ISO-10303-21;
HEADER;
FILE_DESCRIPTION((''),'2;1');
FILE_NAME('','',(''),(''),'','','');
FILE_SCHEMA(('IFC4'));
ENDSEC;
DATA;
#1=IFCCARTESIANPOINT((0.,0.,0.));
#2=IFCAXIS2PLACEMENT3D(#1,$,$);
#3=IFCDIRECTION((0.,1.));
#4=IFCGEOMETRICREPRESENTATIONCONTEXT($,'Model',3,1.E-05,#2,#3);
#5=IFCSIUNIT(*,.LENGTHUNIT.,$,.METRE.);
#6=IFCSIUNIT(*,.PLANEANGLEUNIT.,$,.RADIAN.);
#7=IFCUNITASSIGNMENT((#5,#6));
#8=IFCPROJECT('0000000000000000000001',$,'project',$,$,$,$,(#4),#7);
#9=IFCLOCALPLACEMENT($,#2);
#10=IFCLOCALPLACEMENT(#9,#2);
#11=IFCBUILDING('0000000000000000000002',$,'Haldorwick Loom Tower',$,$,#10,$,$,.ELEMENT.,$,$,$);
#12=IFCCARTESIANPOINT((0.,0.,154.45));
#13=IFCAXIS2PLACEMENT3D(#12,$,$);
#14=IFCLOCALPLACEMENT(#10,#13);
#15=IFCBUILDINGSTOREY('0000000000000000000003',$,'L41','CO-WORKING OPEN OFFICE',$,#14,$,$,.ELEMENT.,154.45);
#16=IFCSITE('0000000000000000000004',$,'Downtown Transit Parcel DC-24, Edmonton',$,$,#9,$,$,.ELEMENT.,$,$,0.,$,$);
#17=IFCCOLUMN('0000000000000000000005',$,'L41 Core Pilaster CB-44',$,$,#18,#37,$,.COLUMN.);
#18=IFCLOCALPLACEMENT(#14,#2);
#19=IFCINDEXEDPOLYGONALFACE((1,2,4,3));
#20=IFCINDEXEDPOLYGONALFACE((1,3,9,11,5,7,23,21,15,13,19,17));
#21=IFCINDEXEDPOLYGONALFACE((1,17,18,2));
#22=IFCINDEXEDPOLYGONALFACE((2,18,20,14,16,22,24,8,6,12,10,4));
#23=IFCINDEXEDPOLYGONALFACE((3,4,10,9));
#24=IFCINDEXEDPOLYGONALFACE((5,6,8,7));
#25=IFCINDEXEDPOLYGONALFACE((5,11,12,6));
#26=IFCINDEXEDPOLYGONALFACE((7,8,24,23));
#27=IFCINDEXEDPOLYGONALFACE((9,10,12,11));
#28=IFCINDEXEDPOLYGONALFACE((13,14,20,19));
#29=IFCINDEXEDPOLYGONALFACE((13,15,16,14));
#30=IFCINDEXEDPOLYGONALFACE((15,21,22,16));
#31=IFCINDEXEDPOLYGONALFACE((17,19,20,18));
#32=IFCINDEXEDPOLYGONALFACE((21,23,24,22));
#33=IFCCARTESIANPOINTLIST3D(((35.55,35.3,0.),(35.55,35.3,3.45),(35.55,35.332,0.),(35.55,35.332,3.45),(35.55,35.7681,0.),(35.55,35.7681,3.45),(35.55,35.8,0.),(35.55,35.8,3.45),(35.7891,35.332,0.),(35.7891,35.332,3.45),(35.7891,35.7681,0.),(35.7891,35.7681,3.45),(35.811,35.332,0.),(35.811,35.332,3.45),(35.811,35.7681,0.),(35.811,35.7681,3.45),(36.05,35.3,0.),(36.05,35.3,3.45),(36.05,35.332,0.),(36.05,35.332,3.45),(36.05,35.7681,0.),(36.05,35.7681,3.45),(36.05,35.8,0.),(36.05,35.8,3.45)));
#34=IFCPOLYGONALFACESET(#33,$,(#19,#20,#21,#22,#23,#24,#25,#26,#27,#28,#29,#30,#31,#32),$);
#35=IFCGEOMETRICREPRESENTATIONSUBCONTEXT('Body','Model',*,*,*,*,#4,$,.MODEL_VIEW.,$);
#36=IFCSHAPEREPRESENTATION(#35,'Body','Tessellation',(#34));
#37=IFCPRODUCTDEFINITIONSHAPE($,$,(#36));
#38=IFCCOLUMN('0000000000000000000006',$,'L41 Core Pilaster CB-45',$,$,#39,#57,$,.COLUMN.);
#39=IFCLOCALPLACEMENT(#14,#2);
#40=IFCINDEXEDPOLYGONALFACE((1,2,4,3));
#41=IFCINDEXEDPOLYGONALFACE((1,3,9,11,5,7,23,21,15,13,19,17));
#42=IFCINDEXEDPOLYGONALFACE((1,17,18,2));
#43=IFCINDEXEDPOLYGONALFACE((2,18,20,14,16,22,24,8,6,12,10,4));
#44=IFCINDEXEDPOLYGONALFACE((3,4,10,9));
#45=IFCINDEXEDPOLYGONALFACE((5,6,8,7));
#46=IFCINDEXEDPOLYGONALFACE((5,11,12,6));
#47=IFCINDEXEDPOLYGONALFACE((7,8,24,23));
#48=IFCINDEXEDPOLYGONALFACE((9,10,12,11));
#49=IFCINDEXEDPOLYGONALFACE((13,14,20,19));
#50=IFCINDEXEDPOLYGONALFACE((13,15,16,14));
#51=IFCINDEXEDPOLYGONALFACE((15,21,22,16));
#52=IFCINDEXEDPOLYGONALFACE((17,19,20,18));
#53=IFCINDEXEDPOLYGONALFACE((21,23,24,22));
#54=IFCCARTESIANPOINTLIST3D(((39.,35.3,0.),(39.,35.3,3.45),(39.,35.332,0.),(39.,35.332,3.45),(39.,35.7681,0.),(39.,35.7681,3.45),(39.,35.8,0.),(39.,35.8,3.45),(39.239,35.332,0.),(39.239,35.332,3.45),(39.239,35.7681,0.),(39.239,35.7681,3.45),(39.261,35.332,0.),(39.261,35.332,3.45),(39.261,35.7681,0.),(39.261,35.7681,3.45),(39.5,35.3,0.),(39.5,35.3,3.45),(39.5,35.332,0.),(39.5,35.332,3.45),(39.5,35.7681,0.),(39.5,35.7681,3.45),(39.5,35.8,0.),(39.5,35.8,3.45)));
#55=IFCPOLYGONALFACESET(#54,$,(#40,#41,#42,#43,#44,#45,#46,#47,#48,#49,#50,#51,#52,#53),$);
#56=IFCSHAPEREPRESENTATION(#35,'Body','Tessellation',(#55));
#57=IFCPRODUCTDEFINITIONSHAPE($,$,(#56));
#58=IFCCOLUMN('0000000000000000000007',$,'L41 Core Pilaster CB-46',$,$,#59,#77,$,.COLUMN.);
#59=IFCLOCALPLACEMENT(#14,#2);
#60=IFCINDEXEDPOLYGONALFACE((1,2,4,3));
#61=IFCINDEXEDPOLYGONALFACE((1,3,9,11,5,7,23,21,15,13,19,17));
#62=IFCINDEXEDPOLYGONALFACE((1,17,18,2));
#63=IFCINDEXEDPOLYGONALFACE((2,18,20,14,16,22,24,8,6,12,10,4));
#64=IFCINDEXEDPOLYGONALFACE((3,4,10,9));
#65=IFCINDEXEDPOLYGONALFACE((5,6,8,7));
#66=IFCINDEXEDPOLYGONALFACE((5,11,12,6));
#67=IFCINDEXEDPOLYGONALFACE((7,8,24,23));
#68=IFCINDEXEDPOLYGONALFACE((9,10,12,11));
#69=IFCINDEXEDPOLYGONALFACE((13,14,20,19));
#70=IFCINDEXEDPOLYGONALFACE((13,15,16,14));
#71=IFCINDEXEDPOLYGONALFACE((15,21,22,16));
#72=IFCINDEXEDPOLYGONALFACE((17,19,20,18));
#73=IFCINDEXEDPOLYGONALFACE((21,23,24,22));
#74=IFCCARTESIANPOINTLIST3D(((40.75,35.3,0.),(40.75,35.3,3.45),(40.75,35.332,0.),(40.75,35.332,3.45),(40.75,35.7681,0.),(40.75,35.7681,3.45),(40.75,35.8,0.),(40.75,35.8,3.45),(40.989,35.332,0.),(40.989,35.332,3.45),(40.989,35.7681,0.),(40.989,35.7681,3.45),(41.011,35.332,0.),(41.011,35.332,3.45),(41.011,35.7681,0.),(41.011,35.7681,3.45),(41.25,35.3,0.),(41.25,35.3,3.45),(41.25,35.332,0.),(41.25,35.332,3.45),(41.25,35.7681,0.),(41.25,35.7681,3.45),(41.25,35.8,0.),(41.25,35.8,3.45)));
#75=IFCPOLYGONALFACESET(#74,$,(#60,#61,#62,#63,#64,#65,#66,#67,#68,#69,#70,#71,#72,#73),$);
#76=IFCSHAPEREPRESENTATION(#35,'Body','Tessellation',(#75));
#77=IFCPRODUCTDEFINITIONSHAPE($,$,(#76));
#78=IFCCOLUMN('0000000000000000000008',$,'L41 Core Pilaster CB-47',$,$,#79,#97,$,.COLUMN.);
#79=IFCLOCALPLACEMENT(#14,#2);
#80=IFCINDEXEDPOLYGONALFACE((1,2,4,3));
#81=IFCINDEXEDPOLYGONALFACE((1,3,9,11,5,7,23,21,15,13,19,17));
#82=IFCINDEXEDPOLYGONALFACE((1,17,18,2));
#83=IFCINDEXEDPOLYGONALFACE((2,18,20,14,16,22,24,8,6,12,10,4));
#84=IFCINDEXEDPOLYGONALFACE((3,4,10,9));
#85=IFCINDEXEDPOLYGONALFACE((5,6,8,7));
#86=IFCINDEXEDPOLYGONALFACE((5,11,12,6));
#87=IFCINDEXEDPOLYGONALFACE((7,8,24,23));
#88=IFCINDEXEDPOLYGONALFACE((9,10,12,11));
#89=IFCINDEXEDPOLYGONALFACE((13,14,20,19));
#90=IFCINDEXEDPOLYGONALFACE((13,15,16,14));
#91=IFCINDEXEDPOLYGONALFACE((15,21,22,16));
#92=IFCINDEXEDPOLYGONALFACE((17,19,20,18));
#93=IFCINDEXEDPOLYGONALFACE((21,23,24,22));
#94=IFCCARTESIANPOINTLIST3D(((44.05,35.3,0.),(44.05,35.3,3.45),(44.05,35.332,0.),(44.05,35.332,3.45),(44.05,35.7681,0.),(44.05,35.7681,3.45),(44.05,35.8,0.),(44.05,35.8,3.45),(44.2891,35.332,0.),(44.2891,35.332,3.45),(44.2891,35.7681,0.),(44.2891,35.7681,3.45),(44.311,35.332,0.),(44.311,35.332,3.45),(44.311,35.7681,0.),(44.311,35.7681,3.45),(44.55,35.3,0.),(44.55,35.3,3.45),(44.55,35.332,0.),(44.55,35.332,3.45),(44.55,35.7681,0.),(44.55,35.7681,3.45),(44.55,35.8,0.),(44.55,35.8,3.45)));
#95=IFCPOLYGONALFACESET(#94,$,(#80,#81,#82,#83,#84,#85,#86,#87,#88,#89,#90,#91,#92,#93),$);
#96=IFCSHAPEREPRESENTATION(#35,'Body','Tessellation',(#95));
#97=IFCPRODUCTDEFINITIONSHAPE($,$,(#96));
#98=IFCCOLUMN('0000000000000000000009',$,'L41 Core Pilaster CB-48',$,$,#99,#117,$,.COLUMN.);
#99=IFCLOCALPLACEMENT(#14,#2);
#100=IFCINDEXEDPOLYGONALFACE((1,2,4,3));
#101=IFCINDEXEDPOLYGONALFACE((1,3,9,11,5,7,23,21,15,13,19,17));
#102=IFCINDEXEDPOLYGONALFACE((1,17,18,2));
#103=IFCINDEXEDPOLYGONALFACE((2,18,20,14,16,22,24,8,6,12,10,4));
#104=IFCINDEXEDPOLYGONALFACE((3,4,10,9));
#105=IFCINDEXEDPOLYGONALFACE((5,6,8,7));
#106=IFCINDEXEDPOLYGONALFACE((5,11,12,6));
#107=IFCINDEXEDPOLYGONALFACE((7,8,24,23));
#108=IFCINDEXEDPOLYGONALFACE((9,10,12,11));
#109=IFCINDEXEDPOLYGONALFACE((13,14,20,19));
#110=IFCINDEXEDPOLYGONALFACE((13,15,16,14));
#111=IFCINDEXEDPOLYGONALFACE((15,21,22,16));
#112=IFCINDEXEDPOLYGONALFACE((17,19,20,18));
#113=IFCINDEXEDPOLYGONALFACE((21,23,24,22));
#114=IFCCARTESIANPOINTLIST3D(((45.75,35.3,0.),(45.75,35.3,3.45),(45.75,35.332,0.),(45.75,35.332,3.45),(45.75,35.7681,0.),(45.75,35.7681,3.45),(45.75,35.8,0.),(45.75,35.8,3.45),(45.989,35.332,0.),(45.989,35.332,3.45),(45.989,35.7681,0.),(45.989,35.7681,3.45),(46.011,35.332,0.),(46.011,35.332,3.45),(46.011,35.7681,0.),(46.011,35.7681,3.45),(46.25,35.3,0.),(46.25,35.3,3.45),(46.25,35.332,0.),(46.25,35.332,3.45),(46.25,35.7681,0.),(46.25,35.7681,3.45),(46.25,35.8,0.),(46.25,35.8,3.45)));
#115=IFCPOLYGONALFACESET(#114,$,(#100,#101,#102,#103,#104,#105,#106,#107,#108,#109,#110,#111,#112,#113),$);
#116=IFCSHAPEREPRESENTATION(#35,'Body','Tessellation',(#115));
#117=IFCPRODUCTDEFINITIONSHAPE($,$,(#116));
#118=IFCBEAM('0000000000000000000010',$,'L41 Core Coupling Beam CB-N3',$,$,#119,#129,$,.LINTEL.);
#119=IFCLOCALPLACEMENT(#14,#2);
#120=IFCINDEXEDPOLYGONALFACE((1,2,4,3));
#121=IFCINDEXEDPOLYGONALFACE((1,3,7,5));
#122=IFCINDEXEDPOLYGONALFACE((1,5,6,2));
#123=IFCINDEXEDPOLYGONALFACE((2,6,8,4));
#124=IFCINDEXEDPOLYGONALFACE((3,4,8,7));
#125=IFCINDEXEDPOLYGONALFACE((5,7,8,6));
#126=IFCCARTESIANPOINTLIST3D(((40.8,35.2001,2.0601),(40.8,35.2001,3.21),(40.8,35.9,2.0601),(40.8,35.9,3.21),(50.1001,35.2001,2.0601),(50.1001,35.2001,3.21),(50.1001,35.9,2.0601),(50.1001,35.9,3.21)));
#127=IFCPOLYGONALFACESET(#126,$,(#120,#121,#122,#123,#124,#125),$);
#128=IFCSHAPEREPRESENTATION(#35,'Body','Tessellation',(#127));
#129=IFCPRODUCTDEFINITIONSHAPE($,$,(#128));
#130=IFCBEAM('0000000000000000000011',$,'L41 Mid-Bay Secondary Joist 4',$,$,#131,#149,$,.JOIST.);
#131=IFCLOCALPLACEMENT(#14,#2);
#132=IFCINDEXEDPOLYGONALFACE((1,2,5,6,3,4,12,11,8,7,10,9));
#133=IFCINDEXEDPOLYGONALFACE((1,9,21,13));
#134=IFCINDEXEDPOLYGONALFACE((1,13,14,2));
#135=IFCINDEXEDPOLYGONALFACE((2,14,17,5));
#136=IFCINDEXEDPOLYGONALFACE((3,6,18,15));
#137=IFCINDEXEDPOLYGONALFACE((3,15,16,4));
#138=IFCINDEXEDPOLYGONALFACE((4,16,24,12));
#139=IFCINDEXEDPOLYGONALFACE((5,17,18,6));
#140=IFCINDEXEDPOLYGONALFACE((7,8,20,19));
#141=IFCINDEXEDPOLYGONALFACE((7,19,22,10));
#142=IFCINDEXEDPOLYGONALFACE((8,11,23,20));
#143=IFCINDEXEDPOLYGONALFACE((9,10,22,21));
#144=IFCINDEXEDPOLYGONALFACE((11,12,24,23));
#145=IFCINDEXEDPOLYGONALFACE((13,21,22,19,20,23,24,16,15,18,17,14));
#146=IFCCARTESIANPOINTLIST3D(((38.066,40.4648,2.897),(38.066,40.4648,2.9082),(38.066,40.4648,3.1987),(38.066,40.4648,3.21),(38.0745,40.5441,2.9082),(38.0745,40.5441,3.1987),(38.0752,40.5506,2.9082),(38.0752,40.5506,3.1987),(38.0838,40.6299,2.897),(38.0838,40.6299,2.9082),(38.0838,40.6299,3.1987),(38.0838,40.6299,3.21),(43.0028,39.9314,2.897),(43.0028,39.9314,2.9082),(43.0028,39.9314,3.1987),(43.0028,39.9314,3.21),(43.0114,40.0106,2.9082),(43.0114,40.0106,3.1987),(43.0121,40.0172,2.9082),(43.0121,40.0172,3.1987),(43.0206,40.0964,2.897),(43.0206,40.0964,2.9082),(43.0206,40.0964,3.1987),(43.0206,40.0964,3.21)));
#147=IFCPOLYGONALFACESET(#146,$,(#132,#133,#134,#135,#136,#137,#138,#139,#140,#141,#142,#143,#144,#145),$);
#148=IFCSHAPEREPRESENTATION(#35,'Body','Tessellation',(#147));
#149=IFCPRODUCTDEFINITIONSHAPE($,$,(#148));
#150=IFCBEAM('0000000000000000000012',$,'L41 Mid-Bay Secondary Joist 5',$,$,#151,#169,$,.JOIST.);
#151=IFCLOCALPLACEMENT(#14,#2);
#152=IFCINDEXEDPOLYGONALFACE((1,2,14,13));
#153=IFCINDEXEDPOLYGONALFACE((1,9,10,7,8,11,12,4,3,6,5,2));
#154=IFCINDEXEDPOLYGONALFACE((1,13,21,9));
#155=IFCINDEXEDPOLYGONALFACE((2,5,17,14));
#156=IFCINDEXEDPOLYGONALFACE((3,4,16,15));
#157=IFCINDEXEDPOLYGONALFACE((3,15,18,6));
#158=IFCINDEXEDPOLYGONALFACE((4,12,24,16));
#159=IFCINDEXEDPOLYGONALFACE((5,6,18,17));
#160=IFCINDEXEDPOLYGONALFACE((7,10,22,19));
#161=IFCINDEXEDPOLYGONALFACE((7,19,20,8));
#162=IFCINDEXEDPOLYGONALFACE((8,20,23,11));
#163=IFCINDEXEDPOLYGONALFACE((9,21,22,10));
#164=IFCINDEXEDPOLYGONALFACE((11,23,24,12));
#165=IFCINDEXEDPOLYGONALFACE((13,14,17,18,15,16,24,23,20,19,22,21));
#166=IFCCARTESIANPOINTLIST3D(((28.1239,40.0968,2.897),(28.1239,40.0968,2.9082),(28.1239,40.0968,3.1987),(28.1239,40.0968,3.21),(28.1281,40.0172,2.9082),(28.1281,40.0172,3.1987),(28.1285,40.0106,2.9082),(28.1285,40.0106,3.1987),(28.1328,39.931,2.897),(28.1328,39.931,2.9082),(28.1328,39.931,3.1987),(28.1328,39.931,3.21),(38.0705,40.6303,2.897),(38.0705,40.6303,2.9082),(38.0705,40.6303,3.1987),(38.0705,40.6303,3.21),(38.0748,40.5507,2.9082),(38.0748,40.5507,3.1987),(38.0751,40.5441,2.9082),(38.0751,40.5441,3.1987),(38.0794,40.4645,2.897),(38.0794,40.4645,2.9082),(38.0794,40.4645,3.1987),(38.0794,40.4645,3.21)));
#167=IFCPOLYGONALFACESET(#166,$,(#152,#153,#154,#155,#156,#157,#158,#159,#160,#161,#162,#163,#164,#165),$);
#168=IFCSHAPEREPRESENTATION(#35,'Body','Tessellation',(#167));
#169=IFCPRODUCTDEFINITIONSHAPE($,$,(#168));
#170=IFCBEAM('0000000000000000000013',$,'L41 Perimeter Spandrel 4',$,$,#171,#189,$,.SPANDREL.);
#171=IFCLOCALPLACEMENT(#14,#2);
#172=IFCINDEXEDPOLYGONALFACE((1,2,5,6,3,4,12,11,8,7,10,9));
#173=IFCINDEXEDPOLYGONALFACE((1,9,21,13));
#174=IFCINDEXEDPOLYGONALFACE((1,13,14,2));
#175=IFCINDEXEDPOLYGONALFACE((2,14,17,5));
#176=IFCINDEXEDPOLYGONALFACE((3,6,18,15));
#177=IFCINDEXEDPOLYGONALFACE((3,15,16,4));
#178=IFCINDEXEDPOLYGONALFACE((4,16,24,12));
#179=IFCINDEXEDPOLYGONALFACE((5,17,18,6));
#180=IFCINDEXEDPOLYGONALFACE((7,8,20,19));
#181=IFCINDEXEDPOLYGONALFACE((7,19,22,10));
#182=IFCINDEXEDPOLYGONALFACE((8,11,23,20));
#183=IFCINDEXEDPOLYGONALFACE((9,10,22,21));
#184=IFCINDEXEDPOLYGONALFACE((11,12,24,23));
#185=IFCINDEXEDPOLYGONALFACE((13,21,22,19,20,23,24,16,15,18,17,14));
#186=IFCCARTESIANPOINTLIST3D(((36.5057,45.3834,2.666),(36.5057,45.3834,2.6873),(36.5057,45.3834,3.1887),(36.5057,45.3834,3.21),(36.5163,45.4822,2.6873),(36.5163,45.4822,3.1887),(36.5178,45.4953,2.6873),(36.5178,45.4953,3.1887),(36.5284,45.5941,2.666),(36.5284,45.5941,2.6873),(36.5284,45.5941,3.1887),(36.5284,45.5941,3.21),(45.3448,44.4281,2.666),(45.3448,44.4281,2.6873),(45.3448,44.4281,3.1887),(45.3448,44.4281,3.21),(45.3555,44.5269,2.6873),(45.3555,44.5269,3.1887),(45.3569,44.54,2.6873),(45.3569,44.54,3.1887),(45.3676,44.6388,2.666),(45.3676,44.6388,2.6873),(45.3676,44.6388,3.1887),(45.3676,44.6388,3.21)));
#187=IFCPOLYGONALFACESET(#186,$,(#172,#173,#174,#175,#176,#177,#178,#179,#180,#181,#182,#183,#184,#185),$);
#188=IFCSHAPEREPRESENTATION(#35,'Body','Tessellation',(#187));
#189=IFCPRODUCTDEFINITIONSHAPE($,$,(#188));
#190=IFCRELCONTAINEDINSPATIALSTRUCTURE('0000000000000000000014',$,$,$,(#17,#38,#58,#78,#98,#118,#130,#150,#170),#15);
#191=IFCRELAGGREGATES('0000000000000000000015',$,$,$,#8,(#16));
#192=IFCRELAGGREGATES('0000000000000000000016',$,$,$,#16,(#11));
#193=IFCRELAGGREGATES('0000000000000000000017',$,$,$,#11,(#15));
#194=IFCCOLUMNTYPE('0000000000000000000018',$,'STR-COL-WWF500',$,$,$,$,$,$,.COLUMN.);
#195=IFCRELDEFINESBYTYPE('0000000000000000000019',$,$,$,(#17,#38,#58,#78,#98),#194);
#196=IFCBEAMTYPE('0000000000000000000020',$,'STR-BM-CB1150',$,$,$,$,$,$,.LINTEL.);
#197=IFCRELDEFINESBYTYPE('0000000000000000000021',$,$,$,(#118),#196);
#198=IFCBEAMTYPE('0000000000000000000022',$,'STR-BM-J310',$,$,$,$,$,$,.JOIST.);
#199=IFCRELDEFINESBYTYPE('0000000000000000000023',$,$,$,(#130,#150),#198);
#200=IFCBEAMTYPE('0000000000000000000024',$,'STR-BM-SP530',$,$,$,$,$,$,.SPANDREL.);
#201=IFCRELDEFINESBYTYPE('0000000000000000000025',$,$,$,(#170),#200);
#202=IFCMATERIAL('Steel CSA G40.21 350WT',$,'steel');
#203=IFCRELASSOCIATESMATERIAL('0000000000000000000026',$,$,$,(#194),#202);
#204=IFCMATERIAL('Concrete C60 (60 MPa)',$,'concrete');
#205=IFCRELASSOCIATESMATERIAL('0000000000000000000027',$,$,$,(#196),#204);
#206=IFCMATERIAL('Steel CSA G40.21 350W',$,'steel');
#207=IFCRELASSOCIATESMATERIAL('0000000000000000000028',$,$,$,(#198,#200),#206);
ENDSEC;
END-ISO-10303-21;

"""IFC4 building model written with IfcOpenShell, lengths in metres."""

from ifc_helpers import new_model, si_unit, direction, frame, origin, origin_2d, place, context, subcontext, project, spatial, rectangle, i_section, extrude, material, material_profile, profile_set, type_object, element, save


model = new_model("IFC4")

# Units and contexts
model_context = context("Model", 3, precision=1e-05, world=origin(), true_north=direction((0.0, 1.0)))
body_context = subcontext(model_context, "Body", "Model", "MODEL_VIEW")
ifc_project = project(units=[si_unit("LENGTHUNIT", "METRE"), si_unit("PLANEANGLEUNIT", "RADIAN")], contexts=[model_context])

# Site, building, storey
site_placement = place(None, origin())
site = spatial("IfcSite", under=ifc_project, at=site_placement, Name="Downtown Transit Parcel DC-24, Edmonton", CompositionType="ELEMENT", RefElevation=0.0)
building_placement = place(site_placement, origin())
building = spatial("IfcBuilding", under=site, at=building_placement, Name="Haldorwick Loom Tower", CompositionType="ELEMENT")
storey_placement = place(building_placement, frame((0.0, 0.0, 154.45)))
storey = spatial("IfcBuildingStorey", under=building, at=storey_placement, Name="L41", Description="CO-WORKING OPEN OFFICE", CompositionType="ELEMENT", Elevation=154.45)

# Columns
ifc_material_1 = material(Name="Concrete C60 (60 MPa)", Category="concrete")
ifc_material_2 = material(Name="Steel CSA G40.21 350WT", Category="steel")
ifc_material_profile_1 = material_profile(ifc_material_2, i_section(OverallWidth=0.5, OverallDepth=0.5, WebThickness=0.022, FlangeThickness=0.032, at=origin_2d()), Name="WWF500X500", Category="steel")
ifc_profile_set_1 = profile_set([ifc_material_profile_1], Name="Steel CSA G40.21 350WT")
column_type_1 = type_object("IfcColumnType", Name="STR-COL-WWF500", PredefinedType="COLUMN", material=ifc_profile_set_1)
for number, where, z_axis, x_axis, name in (
    (1, (35.8, 35.55, 0.0), (0.0, 0.0, 1.0), (1.0, 0.0, 0.0), "L41 Core Pilaster CB-44"),
    (2, (39.25, 35.55, 0.0), (0.0, 0.0, 1.0), (1.0, 0.0, 0.0), "L41 Core Pilaster CB-45"),
    (3, (41.0, 35.55, 0.0), (0.0, 0.0, 1.0), (1.0, 0.0, 0.0), "L41 Core Pilaster CB-46"),
    (4, (44.3, 35.55, 0.0), (0.0, 0.0, 1.0), (1.0, 0.0, 0.0), "L41 Core Pilaster CB-47"),
    (5, (46.0, 35.55, 0.0), (0.0, 0.0, 1.0), (1.0, 0.0, 0.0), "L41 Core Pilaster CB-48"),
):
    element("IfcColumn", number, at=place(storey_placement, frame(where, z_axis=z_axis, x_axis=x_axis)), inside=storey, type_object=column_type_1, Name=name, PredefinedType="COLUMN", context=body_context, shape_type="SweptSolid", body=[
        extrude(i_section(OverallWidth=0.5, OverallDepth=0.5, WebThickness=0.022, FlangeThickness=0.032, at=origin_2d()), origin(), (0.0, 0.0, 1.0), 3.45),
    ])

# Beams
ifc_material_profile_2 = material_profile(ifc_material_1, rectangle(XDim=0.7, YDim=1.1499, at=origin_2d()), Name="RC700X1150", Category="concrete")
ifc_profile_set_2 = profile_set([ifc_material_profile_2], Name="Concrete C60 (60 MPa)")
beam_type_1 = type_object("IfcBeamType", Name="STR-BM-CB1150", PredefinedType="LINTEL", material=ifc_profile_set_2)
beam_1_placement = place(storey_placement, frame((40.8, 35.55, 2.635), z_axis=(1.0, 0.0, 0.0), x_axis=(0.0, 1.0, 0.0)))
element("IfcBeam", 6, at=beam_1_placement, inside=storey, type_object=beam_type_1, Name="L41 Core Coupling Beam CB-N3", PredefinedType="LINTEL", context=body_context, shape_type="SweptSolid", body=[
    extrude(rectangle(XDim=0.7, YDim=1.1499, at=origin_2d()), origin(), (0.0, 0.0, 1.0), 9.3),
])
ifc_material_3 = material(Name="Steel CSA G40.21 350W", Category="steel")
ifc_material_profile_3 = material_profile(ifc_material_3, i_section(OverallWidth=0.166, OverallDepth=0.313, WebThickness=0.0066, FlangeThickness=0.0112, at=origin_2d()), Name="W310X45", Category="steel")
ifc_profile_set_3 = profile_set([ifc_material_profile_3], Name="Steel CSA G40.21 350W")
beam_type_2 = type_object("IfcBeamType", Name="STR-BM-J310", PredefinedType="JOIST", material=ifc_profile_set_3)
beam_2_placement = place(storey_placement, frame((43.0117, 40.0139, 3.0535), z_axis=(-0.994213, 0.107431, 0.0), x_axis=(-0.107431, -0.994213, 0.0)))
element("IfcBeam", 7, at=beam_2_placement, inside=storey, type_object=beam_type_2, Name="L41 Mid-Bay Secondary Joist 4", PredefinedType="JOIST", context=body_context, shape_type="SweptSolid", body=[
    extrude(i_section(OverallWidth=0.166, OverallDepth=0.313, WebThickness=0.0066, FlangeThickness=0.0112, at=origin_2d()), origin(), (0.0, 0.0, 1.0), 4.9656),
])
beam_3_placement = place(storey_placement, frame((38.075, 40.5474, 3.0535), z_axis=(-0.998565, -0.053555, 0.0), x_axis=(0.053555, -0.998565, 0.0)))
element("IfcBeam", 8, at=beam_3_placement, inside=storey, type_object=beam_type_2, Name="L41 Mid-Bay Secondary Joist 5", PredefinedType="JOIST", context=body_context, shape_type="SweptSolid", body=[
    extrude(i_section(OverallWidth=0.166, OverallDepth=0.313, WebThickness=0.0066, FlangeThickness=0.0112, at=origin_2d()), origin(), (0.0, 0.0, 1.0), 9.9609),
])
ifc_material_profile_4 = material_profile(ifc_material_3, i_section(OverallWidth=0.2119, OverallDepth=0.5439, WebThickness=0.0132, FlangeThickness=0.0212, at=origin_2d()), Name="W530X123", Category="steel")
ifc_profile_set_4 = profile_set([ifc_material_profile_4], Name="Steel CSA G40.21 350W")
beam_type_3 = type_object("IfcBeamType", Name="STR-BM-SP530", PredefinedType="SPANDREL", material=ifc_profile_set_4)
for number, where, z_axis, x_axis, name in (
    (9, (45.3562, 44.5334, 2.938), (-0.99421, 0.107453, 0.0), (-0.107453, -0.99421, 0.0), "L41 Perimeter Spandrel 4"),
):
    element("IfcBeam", number, at=place(storey_placement, frame(where, z_axis=z_axis, x_axis=x_axis)), inside=storey, type_object=beam_type_3, Name=name, PredefinedType="SPANDREL", context=body_context, shape_type="SweptSolid", body=[
        extrude(i_section(OverallWidth=0.2119, OverallDepth=0.5439, WebThickness=0.0132, FlangeThickness=0.0212, at=origin_2d()), origin(), (0.0, 0.0, 1.0), 8.8906),
    ])

save(model, "model.ifc")
